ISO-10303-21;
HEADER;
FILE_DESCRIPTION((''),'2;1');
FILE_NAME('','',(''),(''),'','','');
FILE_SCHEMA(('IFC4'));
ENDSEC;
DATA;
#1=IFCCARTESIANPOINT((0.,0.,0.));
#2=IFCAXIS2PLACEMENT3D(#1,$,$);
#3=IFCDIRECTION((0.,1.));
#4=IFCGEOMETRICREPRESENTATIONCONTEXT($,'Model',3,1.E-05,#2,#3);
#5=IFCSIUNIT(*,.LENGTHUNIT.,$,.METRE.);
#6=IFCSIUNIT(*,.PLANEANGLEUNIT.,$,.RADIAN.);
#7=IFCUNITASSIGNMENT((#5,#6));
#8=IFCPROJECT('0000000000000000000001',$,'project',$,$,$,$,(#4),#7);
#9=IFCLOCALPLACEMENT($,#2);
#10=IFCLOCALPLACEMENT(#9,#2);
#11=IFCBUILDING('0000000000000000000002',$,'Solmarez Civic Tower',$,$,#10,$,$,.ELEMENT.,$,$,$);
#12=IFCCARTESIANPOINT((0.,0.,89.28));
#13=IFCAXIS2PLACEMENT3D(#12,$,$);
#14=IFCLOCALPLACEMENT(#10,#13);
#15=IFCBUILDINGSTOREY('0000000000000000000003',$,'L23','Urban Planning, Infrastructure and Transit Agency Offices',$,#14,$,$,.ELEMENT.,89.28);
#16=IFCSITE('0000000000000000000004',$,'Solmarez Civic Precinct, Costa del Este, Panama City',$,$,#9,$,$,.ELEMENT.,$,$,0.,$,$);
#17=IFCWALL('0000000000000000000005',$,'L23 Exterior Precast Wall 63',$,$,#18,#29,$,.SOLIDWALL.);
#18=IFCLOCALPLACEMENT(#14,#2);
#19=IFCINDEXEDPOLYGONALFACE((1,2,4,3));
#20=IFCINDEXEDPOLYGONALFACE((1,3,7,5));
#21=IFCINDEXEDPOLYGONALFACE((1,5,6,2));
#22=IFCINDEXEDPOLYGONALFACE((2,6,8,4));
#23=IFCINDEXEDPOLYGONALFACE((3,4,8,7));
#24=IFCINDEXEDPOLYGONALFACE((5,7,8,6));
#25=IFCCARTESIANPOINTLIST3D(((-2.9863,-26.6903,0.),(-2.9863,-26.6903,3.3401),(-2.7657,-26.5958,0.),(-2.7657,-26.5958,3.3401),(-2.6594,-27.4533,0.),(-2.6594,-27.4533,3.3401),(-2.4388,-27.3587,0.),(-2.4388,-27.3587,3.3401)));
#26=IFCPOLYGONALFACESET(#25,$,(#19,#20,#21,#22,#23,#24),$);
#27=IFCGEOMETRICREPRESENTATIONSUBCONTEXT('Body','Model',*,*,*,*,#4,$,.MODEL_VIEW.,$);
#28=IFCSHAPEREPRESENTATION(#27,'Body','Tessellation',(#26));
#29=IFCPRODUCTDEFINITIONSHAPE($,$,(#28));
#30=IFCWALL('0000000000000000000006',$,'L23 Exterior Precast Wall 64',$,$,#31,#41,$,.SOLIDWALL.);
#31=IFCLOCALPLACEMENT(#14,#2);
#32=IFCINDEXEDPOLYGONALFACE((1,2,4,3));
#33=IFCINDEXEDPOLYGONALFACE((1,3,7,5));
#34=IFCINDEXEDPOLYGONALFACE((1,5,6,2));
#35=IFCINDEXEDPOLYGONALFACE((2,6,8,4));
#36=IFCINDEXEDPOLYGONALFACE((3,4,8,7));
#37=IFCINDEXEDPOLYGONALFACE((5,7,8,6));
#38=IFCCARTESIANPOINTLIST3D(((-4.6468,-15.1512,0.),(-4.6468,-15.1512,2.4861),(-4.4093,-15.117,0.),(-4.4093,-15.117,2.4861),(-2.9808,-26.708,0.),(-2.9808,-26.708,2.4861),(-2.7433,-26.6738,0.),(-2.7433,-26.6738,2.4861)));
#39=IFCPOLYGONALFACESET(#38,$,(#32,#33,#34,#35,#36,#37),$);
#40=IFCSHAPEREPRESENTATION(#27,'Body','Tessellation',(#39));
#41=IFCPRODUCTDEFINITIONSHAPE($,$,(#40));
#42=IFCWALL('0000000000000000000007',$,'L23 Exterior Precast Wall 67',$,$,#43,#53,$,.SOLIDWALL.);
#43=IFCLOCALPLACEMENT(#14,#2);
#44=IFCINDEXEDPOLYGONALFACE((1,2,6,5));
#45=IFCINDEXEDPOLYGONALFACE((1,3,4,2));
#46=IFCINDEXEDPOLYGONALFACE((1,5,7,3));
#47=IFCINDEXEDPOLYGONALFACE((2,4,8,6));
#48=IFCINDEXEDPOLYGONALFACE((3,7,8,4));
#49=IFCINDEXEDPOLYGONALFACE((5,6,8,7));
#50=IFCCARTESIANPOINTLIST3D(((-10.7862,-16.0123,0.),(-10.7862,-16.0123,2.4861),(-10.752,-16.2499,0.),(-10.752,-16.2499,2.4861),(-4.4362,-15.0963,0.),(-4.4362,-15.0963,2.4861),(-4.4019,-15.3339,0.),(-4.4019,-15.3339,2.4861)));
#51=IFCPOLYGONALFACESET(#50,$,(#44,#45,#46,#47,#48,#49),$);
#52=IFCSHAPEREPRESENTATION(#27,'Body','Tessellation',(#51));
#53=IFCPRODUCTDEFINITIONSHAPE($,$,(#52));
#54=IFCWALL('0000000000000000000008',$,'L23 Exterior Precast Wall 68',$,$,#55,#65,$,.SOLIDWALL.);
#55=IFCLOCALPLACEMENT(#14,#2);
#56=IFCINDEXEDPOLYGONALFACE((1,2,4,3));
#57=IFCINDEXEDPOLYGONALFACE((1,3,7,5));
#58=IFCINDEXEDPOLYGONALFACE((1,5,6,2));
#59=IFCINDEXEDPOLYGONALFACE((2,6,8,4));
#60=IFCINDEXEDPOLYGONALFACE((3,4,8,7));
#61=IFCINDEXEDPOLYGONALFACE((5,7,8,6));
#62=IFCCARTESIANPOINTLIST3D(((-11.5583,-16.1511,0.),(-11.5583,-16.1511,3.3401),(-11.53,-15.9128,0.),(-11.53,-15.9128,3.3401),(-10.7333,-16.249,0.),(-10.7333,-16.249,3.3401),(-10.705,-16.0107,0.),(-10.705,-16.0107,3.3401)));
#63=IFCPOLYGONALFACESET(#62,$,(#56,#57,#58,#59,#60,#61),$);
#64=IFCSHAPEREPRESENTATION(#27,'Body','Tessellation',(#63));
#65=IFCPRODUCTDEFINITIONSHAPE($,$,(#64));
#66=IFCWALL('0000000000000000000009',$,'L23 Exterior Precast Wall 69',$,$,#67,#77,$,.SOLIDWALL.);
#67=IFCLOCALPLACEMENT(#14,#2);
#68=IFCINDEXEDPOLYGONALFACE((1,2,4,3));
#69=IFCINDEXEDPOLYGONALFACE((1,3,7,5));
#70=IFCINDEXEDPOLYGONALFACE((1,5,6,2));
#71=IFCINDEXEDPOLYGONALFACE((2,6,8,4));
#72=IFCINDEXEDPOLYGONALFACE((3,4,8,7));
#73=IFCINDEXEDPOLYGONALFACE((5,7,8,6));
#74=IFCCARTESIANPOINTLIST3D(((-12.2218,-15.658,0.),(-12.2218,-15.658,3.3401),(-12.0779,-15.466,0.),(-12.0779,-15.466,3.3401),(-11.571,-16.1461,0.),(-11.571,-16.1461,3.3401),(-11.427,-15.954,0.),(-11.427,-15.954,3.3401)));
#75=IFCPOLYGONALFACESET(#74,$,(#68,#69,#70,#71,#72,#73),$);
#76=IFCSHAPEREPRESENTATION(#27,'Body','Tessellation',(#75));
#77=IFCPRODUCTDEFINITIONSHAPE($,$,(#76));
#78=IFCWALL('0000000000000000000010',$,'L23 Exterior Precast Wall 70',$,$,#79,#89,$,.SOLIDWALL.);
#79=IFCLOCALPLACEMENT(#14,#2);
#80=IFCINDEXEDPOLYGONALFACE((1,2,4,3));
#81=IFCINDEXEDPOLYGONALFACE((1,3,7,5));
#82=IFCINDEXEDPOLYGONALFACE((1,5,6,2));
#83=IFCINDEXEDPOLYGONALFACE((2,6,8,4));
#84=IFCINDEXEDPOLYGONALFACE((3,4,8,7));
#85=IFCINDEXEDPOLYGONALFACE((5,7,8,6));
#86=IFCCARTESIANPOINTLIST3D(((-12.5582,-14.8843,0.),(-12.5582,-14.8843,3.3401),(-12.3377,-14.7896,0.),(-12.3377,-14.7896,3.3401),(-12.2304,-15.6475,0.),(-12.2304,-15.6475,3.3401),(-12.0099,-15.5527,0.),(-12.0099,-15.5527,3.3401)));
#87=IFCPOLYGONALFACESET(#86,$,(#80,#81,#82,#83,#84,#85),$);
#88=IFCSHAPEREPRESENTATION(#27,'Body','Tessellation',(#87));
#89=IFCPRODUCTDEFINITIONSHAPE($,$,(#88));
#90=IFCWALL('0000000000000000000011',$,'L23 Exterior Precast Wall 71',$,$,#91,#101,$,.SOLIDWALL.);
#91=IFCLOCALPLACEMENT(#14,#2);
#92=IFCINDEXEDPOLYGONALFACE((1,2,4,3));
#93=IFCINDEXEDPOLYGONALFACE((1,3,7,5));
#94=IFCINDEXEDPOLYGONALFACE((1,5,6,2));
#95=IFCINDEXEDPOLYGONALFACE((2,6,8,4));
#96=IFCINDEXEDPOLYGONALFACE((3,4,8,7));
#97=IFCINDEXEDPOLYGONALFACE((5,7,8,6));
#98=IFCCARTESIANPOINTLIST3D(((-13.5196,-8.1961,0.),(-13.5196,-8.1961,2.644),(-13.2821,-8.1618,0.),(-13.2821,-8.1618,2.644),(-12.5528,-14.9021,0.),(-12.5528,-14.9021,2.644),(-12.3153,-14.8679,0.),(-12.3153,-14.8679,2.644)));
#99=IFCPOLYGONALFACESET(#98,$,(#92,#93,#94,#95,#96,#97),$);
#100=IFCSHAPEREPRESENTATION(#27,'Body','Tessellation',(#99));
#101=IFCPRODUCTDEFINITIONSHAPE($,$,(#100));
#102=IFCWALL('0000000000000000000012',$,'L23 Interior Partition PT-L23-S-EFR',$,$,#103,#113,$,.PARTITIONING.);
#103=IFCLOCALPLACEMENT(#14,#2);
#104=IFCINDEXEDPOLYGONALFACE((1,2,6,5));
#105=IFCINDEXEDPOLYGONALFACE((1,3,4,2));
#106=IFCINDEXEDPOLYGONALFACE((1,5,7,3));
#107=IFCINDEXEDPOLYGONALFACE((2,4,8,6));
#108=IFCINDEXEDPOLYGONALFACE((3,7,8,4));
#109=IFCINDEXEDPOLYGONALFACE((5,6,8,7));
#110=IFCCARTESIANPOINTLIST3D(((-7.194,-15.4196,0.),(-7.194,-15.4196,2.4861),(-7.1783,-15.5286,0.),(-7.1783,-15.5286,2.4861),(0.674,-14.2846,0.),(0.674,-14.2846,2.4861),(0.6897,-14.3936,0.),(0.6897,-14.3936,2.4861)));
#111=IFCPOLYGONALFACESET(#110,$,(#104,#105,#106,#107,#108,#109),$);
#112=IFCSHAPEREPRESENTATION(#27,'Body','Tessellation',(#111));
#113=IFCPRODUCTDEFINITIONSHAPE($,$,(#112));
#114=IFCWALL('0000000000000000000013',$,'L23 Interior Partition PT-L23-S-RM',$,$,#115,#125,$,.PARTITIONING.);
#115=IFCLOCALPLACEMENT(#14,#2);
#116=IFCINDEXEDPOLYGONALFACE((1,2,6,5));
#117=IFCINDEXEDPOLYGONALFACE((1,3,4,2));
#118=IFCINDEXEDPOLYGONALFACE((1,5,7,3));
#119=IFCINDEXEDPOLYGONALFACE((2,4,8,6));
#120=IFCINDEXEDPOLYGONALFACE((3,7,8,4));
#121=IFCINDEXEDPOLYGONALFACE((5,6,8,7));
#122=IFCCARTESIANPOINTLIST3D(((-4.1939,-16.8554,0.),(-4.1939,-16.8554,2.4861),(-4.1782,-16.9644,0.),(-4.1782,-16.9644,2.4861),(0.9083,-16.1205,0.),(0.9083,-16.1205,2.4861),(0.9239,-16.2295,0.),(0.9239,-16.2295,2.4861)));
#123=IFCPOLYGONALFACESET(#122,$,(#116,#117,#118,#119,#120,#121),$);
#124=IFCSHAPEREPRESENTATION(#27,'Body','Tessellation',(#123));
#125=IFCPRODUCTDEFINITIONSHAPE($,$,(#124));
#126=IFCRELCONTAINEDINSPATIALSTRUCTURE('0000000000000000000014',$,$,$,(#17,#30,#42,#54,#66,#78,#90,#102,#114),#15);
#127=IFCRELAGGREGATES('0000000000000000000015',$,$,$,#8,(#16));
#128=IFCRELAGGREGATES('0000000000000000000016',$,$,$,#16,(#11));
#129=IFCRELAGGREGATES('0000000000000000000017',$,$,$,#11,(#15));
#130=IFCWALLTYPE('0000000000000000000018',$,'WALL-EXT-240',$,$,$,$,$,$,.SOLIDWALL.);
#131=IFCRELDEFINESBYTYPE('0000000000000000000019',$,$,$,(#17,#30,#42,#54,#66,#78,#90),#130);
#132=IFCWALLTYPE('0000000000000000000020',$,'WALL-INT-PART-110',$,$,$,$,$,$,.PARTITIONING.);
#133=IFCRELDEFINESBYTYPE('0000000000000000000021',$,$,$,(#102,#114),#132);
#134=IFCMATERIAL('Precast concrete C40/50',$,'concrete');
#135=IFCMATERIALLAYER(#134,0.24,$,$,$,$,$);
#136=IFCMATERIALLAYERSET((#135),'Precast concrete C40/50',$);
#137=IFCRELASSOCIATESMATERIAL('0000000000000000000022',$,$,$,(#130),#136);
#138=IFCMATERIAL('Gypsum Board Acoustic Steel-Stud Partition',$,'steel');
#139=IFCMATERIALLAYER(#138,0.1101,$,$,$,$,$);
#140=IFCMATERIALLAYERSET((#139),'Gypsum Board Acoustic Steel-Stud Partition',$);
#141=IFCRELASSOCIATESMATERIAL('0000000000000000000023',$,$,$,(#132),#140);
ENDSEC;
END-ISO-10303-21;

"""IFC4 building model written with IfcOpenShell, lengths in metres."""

from ifc_helpers import new_model, si_unit, direction, frame, frame_2d, origin, place, context, subcontext, project, spatial, rectangle, extrude, material, layer, layer_set, type_object, element, save


model = new_model("IFC4")

# Units and contexts
model_context = context("Model", 3, precision=1e-05, world=origin(), true_north=direction((0.0, 1.0)))
body_context = subcontext(model_context, "Body", "Model", "MODEL_VIEW")
ifc_project = project(units=[si_unit("LENGTHUNIT", "METRE"), si_unit("PLANEANGLEUNIT", "RADIAN")], contexts=[model_context])

# Site, building, storey
site_placement = place(None, origin())
site = spatial("IfcSite", under=ifc_project, at=site_placement, Name="Solmarez Civic Precinct, Costa del Este, Panama City", CompositionType="ELEMENT", RefElevation=0.0)
building_placement = place(site_placement, origin())
building = spatial("IfcBuilding", under=site, at=building_placement, Name="Solmarez Civic Tower", CompositionType="ELEMENT")
storey_placement = place(building_placement, frame((0.0, 0.0, 89.28)))
storey = spatial("IfcBuildingStorey", under=building, at=storey_placement, Name="L23", Description="Urban Planning, Infrastructure and Transit Agency Offices", CompositionType="ELEMENT", Elevation=89.28)

# Walls
ifc_material_1 = material(Name="Precast concrete C40/50", Category="concrete")
ifc_layer_1 = layer(ifc_material_1, 0.24)
ifc_layer_set_1 = layer_set([ifc_layer_1], Name="Precast concrete C40/50")
wall_type_1 = type_object("IfcWallType", Name="WALL-EXT-240", PredefinedType="SOLIDWALL", material=ifc_layer_set_1)
wall_1_placement = place(storey_placement, frame((-2.5491, -27.406, 0.0), z_axis=(0.0, 0.0, 1.0), x_axis=(-0.393848, 0.919175, 0.0)))
element("IfcWall", 1, at=wall_1_placement, inside=storey, type_object=wall_type_1, Name="L23 Exterior Precast Wall 63", PredefinedType="SOLIDWALL", context=body_context, shape_type="SweptSolid", body=[
    extrude(rectangle(XDim=0.8301, YDim=0.24, at=frame_2d((0.415, 0.0))), origin(), (0.0, 0.0, 1.0), 3.3401),
])
wall_2_placement = place(storey_placement, frame((-2.8621, -26.6909, 0.0), z_axis=(0.0, 0.0, 1.0), x_axis=(-0.142683, 0.989768, 0.0)))
element("IfcWall", 2, at=wall_2_placement, inside=storey, type_object=wall_type_1, Name="L23 Exterior Precast Wall 64", PredefinedType="SOLIDWALL", context=body_context, shape_type="SweptSolid", body=[
    extrude(rectangle(XDim=11.6763, YDim=0.24, at=frame_2d((5.8381, 0.0))), origin(), (0.0, 0.0, 1.0), 2.4861),
])
wall_3_placement = place(storey_placement, frame((-4.4189, -15.2151, 0.0), z_axis=(0.0, 0.0, 1.0), x_axis=(-0.989755, -0.142774, 0.0)))
element("IfcWall", 3, at=wall_3_placement, inside=storey, type_object=wall_type_1, Name="L23 Exterior Precast Wall 67", PredefinedType="SOLIDWALL", context=body_context, shape_type="SweptSolid", body=[
    extrude(rectangle(XDim=6.4158, YDim=0.24, at=frame_2d((3.208, 0.0))), origin(), (0.0, 0.0, 1.0), 2.4861),
])
wall_4_placement = place(storey_placement, frame((-10.719, -16.1299, 0.0), z_axis=(0.0, 0.0, 1.0), x_axis=(-0.993032, 0.117847, 0.0)))
element("IfcWall", 4, at=wall_4_placement, inside=storey, type_object=wall_type_1, Name="L23 Exterior Precast Wall 68", PredefinedType="SOLIDWALL", context=body_context, shape_type="SweptSolid", body=[
    extrude(rectangle(XDim=0.8308, YDim=0.24, at=frame_2d((0.4155, 0.0))), origin(), (0.0, 0.0, 1.0), 3.3401),
])
wall_5_placement = place(storey_placement, frame((-11.499, -16.05, 0.0), z_axis=(0.0, 0.0, 1.0), x_axis=(-0.800072, 0.599904, 0.0)))
element("IfcWall", 5, at=wall_5_placement, inside=storey, type_object=wall_type_1, Name="L23 Exterior Precast Wall 69", PredefinedType="SOLIDWALL", context=body_context, shape_type="SweptSolid", body=[
    extrude(rectangle(XDim=0.8135, YDim=0.24, at=frame_2d((0.4067, 0.0))), origin(), (0.0, 0.0, 1.0), 3.3401),
])
wall_6_placement = place(storey_placement, frame((-12.1201, -15.6001, 0.0), z_axis=(0.0, 0.0, 1.0), x_axis=(-0.394735, 0.918795, 0.0)))
element("IfcWall", 6, at=wall_6_placement, inside=storey, type_object=wall_type_1, Name="L23 Exterior Precast Wall 70", PredefinedType="SOLIDWALL", context=body_context, shape_type="SweptSolid", body=[
    extrude(rectangle(XDim=0.8306, YDim=0.24, at=frame_2d((0.4153, 0.0))), origin(), (0.0, 0.0, 1.0), 3.3401),
])
wall_7_placement = place(storey_placement, frame((-12.4341, -14.885, 0.0), z_axis=(0.0, 0.0, 1.0), x_axis=(-0.142693, 0.989767, 0.0)))
element("IfcWall", 7, at=wall_7_placement, inside=storey, type_object=wall_type_1, Name="L23 Exterior Precast Wall 71", PredefinedType="SOLIDWALL", context=body_context, shape_type="SweptSolid", body=[
    extrude(rectangle(XDim=6.7754, YDim=0.24, at=frame_2d((3.3877, 0.0))), origin(), (0.0, 0.0, 1.0), 2.644),
])
ifc_material_2 = material(Name="Gypsum Board Acoustic Steel-Stud Partition", Category="steel")
ifc_layer_2 = layer(ifc_material_2, 0.1101)
ifc_layer_set_2 = layer_set([ifc_layer_2], Name="Gypsum Board Acoustic Steel-Stud Partition")
wall_type_2 = type_object("IfcWallType", Name="WALL-INT-PART-110", PredefinedType="PARTITIONING", material=ifc_layer_set_2)
wall_8_placement = place(storey_placement, frame((-7.186, -15.4741, 0.0), z_axis=(0.0, 0.0, 1.0), x_axis=(0.989754, 0.14278, 0.0)))
element("IfcWall", 8, at=wall_8_placement, inside=storey, type_object=wall_type_2, Name="L23 Interior Partition PT-L23-S-EFR", PredefinedType="PARTITIONING", context=body_context, shape_type="SweptSolid", body=[
    extrude(rectangle(XDim=7.9495, YDim=0.1101, at=frame_2d((3.9746, 0.0))), origin(), (0.0, 0.0, 1.0), 2.4861),
])
wall_9_placement = place(storey_placement, frame((-4.186, -16.9099, 0.0), z_axis=(0.0, 0.0, 1.0), x_axis=(0.989786, 0.142562, 0.0)))
element("IfcWall", 9, at=wall_9_placement, inside=storey, type_object=wall_type_2, Name="L23 Interior Partition PT-L23-S-RM", PredefinedType="PARTITIONING", context=body_context, shape_type="SweptSolid", body=[
    extrude(rectangle(XDim=5.1548, YDim=0.1101, at=frame_2d((2.5774, 0.0))), origin(), (0.0, 0.0, 1.0), 2.4861),
])

save(model, "model.ifc")
